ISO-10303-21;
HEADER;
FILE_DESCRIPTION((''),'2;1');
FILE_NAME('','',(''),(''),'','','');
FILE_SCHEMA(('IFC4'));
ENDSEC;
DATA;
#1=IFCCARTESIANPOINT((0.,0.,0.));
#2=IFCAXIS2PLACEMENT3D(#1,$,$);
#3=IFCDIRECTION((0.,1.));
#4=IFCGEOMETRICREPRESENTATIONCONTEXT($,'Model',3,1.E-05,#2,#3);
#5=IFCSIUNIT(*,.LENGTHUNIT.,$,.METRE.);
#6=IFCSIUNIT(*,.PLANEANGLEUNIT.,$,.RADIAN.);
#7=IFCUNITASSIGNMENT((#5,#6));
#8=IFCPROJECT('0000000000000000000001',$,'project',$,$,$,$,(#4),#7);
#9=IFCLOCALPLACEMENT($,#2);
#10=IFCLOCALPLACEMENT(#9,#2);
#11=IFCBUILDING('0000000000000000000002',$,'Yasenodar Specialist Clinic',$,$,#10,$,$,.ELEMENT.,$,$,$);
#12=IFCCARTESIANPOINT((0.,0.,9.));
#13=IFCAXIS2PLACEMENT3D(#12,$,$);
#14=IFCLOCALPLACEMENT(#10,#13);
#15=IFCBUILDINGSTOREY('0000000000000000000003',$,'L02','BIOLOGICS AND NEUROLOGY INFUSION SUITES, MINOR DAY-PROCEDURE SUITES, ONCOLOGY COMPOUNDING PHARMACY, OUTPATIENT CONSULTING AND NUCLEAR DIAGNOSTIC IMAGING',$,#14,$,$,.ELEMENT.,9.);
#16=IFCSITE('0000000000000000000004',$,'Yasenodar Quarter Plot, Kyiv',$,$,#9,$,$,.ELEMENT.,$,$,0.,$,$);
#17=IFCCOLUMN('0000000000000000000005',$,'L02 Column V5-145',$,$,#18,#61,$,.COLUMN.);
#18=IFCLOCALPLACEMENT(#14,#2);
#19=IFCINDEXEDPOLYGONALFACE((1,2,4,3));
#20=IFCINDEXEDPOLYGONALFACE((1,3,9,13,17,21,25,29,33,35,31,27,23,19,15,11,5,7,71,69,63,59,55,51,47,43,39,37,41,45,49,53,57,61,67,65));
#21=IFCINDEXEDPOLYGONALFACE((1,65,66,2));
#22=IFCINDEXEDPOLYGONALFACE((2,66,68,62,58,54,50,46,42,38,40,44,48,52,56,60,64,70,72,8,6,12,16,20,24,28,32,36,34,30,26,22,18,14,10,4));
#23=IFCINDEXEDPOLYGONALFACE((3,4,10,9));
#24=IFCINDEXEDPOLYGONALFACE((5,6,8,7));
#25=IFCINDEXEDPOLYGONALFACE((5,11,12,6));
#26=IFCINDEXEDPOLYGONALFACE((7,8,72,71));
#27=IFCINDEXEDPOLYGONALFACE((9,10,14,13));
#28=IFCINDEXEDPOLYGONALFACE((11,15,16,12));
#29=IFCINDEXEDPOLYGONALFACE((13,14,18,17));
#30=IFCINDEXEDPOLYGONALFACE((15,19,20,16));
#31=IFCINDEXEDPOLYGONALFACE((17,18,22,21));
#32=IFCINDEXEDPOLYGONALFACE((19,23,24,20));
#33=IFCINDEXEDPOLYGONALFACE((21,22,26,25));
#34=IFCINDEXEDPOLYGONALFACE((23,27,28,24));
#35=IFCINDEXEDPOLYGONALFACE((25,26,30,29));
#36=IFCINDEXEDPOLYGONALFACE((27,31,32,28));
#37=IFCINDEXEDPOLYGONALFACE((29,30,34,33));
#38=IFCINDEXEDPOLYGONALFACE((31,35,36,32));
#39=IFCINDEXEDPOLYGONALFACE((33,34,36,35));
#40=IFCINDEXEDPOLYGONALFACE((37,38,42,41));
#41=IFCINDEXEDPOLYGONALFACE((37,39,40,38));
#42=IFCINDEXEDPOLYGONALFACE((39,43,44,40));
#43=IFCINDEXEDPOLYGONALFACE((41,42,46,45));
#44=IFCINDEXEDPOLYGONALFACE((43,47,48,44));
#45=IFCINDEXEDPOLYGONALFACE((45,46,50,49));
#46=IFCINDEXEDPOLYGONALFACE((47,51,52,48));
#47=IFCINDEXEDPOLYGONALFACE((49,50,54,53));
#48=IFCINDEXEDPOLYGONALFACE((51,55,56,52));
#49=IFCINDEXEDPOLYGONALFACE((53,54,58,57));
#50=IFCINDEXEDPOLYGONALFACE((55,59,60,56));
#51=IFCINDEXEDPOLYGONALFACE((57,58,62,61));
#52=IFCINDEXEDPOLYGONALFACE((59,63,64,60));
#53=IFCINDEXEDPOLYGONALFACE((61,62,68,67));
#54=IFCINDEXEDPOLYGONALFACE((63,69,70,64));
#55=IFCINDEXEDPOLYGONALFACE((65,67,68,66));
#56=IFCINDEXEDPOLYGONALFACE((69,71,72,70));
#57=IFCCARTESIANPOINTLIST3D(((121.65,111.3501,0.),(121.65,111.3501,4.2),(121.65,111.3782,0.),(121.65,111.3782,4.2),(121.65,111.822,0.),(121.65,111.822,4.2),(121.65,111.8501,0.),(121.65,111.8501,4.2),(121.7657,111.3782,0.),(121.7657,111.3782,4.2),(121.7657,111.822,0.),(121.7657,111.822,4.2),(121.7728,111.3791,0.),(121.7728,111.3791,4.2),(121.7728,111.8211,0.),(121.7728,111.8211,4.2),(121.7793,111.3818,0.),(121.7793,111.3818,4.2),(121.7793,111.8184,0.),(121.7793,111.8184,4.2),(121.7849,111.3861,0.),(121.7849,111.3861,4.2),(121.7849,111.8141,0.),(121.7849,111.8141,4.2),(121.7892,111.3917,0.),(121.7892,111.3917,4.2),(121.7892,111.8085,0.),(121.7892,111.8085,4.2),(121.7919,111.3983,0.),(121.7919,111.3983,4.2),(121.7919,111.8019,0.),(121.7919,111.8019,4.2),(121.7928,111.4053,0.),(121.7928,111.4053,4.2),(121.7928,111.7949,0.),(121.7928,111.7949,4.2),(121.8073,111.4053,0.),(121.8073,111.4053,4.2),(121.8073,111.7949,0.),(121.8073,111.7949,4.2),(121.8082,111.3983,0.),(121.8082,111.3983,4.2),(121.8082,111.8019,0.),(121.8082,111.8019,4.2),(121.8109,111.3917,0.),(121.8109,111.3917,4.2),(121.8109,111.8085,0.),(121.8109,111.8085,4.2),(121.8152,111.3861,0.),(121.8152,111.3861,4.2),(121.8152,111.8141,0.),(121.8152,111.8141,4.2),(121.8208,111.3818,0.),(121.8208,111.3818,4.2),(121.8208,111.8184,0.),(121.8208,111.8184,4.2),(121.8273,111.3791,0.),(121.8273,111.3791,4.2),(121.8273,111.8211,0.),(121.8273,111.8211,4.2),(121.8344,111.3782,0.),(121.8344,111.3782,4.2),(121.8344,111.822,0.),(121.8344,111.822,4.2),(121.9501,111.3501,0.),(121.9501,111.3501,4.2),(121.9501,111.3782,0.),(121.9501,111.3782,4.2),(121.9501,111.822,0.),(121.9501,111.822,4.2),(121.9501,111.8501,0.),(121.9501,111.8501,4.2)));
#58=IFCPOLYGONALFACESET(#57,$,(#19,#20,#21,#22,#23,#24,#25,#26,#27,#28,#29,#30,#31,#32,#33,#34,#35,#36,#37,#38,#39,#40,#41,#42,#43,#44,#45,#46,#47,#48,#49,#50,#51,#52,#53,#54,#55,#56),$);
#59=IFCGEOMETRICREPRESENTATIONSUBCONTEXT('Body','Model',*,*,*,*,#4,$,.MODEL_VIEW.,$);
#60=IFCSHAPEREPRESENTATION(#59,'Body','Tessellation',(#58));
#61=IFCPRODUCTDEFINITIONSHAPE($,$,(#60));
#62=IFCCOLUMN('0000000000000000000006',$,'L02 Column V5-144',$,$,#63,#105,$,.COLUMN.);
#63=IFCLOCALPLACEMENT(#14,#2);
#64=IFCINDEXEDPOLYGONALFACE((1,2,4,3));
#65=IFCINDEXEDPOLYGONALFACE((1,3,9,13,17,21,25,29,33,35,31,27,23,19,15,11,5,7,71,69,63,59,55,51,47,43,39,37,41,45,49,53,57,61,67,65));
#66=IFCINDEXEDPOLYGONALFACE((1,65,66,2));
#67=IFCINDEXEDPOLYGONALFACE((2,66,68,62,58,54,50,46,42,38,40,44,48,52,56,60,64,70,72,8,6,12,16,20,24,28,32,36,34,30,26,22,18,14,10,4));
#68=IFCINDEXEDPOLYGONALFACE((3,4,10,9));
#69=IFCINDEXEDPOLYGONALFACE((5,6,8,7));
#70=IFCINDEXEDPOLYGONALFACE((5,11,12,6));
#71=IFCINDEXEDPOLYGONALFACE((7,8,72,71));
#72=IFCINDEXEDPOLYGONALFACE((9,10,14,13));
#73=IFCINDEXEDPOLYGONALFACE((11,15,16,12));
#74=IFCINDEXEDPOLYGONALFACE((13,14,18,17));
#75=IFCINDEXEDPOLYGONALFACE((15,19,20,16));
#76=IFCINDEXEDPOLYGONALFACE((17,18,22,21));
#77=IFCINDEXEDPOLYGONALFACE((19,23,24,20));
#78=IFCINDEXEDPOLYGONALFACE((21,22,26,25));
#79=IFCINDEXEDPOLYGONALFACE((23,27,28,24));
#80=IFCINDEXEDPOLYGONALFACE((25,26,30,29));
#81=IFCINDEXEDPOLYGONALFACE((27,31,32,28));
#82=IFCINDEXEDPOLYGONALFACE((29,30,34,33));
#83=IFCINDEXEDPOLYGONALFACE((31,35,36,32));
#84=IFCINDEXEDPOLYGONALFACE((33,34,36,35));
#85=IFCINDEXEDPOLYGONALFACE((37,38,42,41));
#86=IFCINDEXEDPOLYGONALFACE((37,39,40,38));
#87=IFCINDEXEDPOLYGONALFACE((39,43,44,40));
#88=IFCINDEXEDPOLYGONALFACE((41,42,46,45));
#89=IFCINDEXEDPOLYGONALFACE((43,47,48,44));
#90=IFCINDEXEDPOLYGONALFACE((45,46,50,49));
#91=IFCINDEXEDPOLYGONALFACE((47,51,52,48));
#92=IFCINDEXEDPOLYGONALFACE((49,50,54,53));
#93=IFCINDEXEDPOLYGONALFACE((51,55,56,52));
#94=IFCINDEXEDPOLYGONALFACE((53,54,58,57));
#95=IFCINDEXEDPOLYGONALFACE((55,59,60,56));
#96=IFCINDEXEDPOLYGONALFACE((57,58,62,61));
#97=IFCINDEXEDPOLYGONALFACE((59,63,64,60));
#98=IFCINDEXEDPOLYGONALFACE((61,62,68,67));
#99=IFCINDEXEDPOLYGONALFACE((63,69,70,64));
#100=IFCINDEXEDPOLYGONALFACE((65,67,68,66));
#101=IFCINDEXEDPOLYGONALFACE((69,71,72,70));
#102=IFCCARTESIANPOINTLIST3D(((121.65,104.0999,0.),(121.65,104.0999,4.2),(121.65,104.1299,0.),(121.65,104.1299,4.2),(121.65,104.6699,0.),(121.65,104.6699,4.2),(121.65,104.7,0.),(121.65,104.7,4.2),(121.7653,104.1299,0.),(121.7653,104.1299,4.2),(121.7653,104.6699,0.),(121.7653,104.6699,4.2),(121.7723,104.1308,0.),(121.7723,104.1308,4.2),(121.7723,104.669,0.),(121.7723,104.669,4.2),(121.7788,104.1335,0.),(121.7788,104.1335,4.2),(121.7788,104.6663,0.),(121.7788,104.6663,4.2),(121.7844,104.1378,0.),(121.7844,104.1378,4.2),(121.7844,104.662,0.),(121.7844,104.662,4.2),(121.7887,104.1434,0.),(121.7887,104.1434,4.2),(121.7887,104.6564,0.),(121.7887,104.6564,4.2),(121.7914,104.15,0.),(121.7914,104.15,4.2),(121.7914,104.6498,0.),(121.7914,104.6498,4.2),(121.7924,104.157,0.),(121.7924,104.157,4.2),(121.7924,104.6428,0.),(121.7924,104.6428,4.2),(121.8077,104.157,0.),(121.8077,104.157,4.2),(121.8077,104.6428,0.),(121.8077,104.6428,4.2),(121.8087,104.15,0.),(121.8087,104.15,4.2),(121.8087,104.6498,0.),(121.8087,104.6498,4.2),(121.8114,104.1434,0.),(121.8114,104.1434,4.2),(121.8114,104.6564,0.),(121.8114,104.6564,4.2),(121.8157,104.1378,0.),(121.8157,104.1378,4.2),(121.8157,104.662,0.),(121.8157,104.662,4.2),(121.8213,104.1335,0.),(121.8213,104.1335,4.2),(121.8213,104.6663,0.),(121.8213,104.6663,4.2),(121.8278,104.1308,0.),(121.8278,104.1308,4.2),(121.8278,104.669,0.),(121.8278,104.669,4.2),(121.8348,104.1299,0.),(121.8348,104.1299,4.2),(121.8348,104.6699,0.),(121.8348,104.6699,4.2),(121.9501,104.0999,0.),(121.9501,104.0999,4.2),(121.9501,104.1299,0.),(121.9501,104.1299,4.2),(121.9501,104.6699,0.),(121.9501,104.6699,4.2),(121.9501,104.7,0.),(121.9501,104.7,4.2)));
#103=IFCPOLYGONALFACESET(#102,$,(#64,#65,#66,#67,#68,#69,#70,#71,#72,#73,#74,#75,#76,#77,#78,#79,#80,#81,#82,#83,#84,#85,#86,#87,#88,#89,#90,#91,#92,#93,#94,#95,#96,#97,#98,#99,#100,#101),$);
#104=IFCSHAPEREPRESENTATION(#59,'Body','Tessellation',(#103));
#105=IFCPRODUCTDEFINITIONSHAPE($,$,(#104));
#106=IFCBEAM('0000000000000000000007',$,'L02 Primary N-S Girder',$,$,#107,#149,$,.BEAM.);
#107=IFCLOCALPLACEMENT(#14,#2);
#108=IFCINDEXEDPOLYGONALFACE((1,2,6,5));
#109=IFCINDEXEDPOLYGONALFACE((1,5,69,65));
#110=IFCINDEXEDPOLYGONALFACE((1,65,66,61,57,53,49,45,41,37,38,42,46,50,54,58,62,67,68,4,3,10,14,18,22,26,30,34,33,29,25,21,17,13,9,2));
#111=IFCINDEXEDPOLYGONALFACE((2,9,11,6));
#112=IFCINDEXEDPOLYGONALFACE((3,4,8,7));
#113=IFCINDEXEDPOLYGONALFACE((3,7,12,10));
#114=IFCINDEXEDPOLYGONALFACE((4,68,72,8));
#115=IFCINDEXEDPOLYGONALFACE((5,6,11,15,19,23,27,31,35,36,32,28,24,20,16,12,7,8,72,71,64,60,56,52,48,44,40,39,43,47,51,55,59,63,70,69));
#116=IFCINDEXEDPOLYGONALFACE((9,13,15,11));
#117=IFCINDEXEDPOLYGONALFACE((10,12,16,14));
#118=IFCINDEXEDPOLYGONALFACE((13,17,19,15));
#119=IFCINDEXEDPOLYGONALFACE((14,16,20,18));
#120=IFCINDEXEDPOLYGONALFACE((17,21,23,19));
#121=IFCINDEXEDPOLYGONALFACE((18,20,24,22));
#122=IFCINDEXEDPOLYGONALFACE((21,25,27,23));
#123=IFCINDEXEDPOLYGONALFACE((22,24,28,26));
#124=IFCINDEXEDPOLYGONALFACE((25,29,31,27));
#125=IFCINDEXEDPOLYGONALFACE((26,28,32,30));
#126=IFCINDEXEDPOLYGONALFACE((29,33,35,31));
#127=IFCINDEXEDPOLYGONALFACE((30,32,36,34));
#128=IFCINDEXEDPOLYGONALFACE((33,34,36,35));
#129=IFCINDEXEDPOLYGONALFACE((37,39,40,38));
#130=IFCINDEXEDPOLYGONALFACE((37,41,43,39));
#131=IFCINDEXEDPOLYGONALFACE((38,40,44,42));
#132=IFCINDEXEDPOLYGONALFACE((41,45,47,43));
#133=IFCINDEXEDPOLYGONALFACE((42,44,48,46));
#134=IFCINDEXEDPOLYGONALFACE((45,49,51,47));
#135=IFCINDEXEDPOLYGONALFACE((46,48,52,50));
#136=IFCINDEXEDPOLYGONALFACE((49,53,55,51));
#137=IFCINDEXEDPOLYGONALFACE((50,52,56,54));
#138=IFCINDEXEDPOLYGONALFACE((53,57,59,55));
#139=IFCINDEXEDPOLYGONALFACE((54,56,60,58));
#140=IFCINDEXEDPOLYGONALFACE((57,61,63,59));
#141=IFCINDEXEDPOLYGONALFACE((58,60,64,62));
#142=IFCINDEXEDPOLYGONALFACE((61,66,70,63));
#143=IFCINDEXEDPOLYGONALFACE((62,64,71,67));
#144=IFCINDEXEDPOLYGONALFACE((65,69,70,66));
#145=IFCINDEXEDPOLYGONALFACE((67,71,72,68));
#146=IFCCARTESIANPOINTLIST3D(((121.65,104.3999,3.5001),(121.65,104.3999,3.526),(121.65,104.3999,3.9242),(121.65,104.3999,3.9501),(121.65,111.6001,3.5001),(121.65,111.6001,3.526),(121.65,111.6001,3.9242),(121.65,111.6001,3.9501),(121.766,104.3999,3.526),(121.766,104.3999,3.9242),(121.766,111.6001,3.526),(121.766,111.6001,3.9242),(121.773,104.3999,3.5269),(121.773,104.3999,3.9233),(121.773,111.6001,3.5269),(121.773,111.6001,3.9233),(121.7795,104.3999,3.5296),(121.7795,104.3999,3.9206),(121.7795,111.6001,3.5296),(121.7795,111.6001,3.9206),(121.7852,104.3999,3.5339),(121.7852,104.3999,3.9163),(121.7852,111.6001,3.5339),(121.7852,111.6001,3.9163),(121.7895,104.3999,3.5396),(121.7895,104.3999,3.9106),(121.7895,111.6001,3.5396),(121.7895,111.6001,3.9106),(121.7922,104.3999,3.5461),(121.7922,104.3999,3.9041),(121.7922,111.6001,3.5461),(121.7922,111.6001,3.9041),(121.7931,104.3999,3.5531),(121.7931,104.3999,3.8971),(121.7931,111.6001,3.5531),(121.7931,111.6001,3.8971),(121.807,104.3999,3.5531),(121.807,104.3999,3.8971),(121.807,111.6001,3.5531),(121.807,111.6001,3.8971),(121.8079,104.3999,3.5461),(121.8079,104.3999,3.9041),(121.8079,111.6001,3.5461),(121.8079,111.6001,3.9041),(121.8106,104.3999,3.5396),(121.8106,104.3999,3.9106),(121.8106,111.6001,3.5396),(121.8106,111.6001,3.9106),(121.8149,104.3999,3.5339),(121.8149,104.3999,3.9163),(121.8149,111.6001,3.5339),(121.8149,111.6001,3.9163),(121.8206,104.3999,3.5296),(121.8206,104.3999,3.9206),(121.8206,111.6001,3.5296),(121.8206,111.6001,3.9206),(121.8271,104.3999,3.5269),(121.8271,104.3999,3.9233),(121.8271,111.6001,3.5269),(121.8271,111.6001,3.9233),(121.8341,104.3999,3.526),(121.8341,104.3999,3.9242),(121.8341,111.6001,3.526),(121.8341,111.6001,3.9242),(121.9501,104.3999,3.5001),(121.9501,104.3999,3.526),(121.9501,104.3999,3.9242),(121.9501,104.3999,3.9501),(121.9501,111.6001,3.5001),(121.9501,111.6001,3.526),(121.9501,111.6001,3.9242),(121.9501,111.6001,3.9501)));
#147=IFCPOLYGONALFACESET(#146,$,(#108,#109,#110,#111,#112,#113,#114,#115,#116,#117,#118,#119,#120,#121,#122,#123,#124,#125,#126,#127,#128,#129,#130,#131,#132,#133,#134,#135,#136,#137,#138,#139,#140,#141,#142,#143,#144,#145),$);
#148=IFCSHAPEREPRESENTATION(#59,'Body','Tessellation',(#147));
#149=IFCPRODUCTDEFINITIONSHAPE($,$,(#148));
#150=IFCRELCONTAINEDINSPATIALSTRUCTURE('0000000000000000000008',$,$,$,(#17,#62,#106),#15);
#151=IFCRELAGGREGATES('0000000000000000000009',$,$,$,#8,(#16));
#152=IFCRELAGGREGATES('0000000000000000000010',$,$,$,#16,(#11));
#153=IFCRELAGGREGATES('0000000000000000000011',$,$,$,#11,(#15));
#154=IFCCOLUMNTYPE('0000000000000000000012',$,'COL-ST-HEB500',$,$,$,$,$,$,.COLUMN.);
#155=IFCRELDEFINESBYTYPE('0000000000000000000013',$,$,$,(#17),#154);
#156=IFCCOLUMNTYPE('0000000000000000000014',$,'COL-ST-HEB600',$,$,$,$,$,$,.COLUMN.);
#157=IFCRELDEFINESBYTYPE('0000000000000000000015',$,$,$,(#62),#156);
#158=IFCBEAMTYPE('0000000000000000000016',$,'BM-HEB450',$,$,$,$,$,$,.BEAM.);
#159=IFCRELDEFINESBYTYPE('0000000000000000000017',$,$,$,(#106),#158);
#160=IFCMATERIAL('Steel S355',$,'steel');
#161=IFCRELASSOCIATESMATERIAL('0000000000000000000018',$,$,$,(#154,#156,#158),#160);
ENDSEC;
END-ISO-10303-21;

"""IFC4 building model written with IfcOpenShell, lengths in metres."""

from ifc_helpers import new_model, si_unit, direction, frame, origin, origin_2d, place, context, subcontext, project, spatial, i_section, extrude, material, material_profile, profile_set, type_object, element, save


model = new_model("IFC4")

# Units and contexts
model_context = context("Model", 3, precision=1e-05, world=origin(), true_north=direction((0.0, 1.0)))
body_context = subcontext(model_context, "Body", "Model", "MODEL_VIEW")
ifc_project = project(units=[si_unit("LENGTHUNIT", "METRE"), si_unit("PLANEANGLEUNIT", "RADIAN")], contexts=[model_context])

# Site, building, storey
site_placement = place(None, origin())
site = spatial("IfcSite", under=ifc_project, at=site_placement, Name="Yasenodar Quarter Plot, Kyiv", CompositionType="ELEMENT", RefElevation=0.0)
building_placement = place(site_placement, origin())
building = spatial("IfcBuilding", under=site, at=building_placement, Name="Yasenodar Specialist Clinic", CompositionType="ELEMENT")
storey_placement = place(building_placement, frame((0.0, 0.0, 9.0)))
storey = spatial("IfcBuildingStorey", under=building, at=storey_placement, Name="L02", Description="BIOLOGICS AND NEUROLOGY INFUSION SUITES, MINOR DAY-PROCEDURE SUITES, ONCOLOGY COMPOUNDING PHARMACY, OUTPATIENT CONSULTING AND NUCLEAR DIAGNOSTIC IMAGING", CompositionType="ELEMENT", Elevation=9.0)

# Columns
ifc_material_1 = material(Name="Steel S355", Category="steel")
ifc_material_profile_1 = material_profile(ifc_material_1, i_section(OverallWidth=0.3, OverallDepth=0.5, WebThickness=0.0144, FlangeThickness=0.0281, FilletRadius=0.0271, at=origin_2d()), Name="HEB 500")
ifc_profile_set_1 = profile_set([ifc_material_profile_1], Name="Steel S355")
column_type_1 = type_object("IfcColumnType", Name="COL-ST-HEB500", PredefinedType="COLUMN", material=ifc_profile_set_1)
column_1_placement = place(storey_placement, frame((121.8, 111.6001, 0.0), z_axis=(0.0, 0.0, 1.0), x_axis=(1.0, 0.0, 0.0)))
element("IfcColumn", 1, at=column_1_placement, inside=storey, type_object=column_type_1, Name="L02 Column V5-145", PredefinedType="COLUMN", context=body_context, shape_type="SweptSolid", body=[
    extrude(i_section(OverallWidth=0.3, OverallDepth=0.5, WebThickness=0.0144, FlangeThickness=0.0281, FilletRadius=0.0271, at=origin_2d()), origin(), (0.0, 0.0, 1.0), 4.2),
])
ifc_material_profile_2 = material_profile(ifc_material_1, i_section(OverallWidth=0.3, OverallDepth=0.6001, WebThickness=0.0154, FlangeThickness=0.03, FilletRadius=0.0271, at=origin_2d()), Name="HEB 600")
ifc_profile_set_2 = profile_set([ifc_material_profile_2], Name="Steel S355")
column_type_2 = type_object("IfcColumnType", Name="COL-ST-HEB600", PredefinedType="COLUMN", material=ifc_profile_set_2)
column_2_placement = place(storey_placement, frame((121.8, 104.3999, 0.0), z_axis=(0.0, 0.0, 1.0), x_axis=(1.0, 0.0, 0.0)))
element("IfcColumn", 2, at=column_2_placement, inside=storey, type_object=column_type_2, Name="L02 Column V5-144", PredefinedType="COLUMN", context=body_context, shape_type="SweptSolid", body=[
    extrude(i_section(OverallWidth=0.3, OverallDepth=0.6001, WebThickness=0.0154, FlangeThickness=0.03, FilletRadius=0.0271, at=origin_2d()), origin(), (0.0, 0.0, 1.0), 4.2),
])

# Beam
ifc_material_profile_3 = material_profile(ifc_material_1, i_section(OverallWidth=0.3, OverallDepth=0.45, WebThickness=0.0139, FlangeThickness=0.0259, FilletRadius=0.0271, at=origin_2d()), Name="HEB 450")
ifc_profile_set_3 = profile_set([ifc_material_profile_3], Name="Steel S355")
beam_type_1 = type_object("IfcBeamType", Name="BM-HEB450", PredefinedType="BEAM", material=ifc_profile_set_3)
beam_placement = place(storey_placement, frame((121.8, 104.3999, 3.7251), z_axis=(0.0, 1.0, 0.0), x_axis=(-1.0, 0.0, 0.0)))
element("IfcBeam", 3, at=beam_placement, inside=storey, type_object=beam_type_1, Name="L02 Primary N-S Girder", PredefinedType="BEAM", context=body_context, shape_type="SweptSolid", body=[
    extrude(i_section(OverallWidth=0.3, OverallDepth=0.45, WebThickness=0.0139, FlangeThickness=0.0259, FilletRadius=0.0271, at=origin_2d()), origin(), (0.0, 0.0, 1.0), 7.2002),
])

save(model, "model.ifc")
